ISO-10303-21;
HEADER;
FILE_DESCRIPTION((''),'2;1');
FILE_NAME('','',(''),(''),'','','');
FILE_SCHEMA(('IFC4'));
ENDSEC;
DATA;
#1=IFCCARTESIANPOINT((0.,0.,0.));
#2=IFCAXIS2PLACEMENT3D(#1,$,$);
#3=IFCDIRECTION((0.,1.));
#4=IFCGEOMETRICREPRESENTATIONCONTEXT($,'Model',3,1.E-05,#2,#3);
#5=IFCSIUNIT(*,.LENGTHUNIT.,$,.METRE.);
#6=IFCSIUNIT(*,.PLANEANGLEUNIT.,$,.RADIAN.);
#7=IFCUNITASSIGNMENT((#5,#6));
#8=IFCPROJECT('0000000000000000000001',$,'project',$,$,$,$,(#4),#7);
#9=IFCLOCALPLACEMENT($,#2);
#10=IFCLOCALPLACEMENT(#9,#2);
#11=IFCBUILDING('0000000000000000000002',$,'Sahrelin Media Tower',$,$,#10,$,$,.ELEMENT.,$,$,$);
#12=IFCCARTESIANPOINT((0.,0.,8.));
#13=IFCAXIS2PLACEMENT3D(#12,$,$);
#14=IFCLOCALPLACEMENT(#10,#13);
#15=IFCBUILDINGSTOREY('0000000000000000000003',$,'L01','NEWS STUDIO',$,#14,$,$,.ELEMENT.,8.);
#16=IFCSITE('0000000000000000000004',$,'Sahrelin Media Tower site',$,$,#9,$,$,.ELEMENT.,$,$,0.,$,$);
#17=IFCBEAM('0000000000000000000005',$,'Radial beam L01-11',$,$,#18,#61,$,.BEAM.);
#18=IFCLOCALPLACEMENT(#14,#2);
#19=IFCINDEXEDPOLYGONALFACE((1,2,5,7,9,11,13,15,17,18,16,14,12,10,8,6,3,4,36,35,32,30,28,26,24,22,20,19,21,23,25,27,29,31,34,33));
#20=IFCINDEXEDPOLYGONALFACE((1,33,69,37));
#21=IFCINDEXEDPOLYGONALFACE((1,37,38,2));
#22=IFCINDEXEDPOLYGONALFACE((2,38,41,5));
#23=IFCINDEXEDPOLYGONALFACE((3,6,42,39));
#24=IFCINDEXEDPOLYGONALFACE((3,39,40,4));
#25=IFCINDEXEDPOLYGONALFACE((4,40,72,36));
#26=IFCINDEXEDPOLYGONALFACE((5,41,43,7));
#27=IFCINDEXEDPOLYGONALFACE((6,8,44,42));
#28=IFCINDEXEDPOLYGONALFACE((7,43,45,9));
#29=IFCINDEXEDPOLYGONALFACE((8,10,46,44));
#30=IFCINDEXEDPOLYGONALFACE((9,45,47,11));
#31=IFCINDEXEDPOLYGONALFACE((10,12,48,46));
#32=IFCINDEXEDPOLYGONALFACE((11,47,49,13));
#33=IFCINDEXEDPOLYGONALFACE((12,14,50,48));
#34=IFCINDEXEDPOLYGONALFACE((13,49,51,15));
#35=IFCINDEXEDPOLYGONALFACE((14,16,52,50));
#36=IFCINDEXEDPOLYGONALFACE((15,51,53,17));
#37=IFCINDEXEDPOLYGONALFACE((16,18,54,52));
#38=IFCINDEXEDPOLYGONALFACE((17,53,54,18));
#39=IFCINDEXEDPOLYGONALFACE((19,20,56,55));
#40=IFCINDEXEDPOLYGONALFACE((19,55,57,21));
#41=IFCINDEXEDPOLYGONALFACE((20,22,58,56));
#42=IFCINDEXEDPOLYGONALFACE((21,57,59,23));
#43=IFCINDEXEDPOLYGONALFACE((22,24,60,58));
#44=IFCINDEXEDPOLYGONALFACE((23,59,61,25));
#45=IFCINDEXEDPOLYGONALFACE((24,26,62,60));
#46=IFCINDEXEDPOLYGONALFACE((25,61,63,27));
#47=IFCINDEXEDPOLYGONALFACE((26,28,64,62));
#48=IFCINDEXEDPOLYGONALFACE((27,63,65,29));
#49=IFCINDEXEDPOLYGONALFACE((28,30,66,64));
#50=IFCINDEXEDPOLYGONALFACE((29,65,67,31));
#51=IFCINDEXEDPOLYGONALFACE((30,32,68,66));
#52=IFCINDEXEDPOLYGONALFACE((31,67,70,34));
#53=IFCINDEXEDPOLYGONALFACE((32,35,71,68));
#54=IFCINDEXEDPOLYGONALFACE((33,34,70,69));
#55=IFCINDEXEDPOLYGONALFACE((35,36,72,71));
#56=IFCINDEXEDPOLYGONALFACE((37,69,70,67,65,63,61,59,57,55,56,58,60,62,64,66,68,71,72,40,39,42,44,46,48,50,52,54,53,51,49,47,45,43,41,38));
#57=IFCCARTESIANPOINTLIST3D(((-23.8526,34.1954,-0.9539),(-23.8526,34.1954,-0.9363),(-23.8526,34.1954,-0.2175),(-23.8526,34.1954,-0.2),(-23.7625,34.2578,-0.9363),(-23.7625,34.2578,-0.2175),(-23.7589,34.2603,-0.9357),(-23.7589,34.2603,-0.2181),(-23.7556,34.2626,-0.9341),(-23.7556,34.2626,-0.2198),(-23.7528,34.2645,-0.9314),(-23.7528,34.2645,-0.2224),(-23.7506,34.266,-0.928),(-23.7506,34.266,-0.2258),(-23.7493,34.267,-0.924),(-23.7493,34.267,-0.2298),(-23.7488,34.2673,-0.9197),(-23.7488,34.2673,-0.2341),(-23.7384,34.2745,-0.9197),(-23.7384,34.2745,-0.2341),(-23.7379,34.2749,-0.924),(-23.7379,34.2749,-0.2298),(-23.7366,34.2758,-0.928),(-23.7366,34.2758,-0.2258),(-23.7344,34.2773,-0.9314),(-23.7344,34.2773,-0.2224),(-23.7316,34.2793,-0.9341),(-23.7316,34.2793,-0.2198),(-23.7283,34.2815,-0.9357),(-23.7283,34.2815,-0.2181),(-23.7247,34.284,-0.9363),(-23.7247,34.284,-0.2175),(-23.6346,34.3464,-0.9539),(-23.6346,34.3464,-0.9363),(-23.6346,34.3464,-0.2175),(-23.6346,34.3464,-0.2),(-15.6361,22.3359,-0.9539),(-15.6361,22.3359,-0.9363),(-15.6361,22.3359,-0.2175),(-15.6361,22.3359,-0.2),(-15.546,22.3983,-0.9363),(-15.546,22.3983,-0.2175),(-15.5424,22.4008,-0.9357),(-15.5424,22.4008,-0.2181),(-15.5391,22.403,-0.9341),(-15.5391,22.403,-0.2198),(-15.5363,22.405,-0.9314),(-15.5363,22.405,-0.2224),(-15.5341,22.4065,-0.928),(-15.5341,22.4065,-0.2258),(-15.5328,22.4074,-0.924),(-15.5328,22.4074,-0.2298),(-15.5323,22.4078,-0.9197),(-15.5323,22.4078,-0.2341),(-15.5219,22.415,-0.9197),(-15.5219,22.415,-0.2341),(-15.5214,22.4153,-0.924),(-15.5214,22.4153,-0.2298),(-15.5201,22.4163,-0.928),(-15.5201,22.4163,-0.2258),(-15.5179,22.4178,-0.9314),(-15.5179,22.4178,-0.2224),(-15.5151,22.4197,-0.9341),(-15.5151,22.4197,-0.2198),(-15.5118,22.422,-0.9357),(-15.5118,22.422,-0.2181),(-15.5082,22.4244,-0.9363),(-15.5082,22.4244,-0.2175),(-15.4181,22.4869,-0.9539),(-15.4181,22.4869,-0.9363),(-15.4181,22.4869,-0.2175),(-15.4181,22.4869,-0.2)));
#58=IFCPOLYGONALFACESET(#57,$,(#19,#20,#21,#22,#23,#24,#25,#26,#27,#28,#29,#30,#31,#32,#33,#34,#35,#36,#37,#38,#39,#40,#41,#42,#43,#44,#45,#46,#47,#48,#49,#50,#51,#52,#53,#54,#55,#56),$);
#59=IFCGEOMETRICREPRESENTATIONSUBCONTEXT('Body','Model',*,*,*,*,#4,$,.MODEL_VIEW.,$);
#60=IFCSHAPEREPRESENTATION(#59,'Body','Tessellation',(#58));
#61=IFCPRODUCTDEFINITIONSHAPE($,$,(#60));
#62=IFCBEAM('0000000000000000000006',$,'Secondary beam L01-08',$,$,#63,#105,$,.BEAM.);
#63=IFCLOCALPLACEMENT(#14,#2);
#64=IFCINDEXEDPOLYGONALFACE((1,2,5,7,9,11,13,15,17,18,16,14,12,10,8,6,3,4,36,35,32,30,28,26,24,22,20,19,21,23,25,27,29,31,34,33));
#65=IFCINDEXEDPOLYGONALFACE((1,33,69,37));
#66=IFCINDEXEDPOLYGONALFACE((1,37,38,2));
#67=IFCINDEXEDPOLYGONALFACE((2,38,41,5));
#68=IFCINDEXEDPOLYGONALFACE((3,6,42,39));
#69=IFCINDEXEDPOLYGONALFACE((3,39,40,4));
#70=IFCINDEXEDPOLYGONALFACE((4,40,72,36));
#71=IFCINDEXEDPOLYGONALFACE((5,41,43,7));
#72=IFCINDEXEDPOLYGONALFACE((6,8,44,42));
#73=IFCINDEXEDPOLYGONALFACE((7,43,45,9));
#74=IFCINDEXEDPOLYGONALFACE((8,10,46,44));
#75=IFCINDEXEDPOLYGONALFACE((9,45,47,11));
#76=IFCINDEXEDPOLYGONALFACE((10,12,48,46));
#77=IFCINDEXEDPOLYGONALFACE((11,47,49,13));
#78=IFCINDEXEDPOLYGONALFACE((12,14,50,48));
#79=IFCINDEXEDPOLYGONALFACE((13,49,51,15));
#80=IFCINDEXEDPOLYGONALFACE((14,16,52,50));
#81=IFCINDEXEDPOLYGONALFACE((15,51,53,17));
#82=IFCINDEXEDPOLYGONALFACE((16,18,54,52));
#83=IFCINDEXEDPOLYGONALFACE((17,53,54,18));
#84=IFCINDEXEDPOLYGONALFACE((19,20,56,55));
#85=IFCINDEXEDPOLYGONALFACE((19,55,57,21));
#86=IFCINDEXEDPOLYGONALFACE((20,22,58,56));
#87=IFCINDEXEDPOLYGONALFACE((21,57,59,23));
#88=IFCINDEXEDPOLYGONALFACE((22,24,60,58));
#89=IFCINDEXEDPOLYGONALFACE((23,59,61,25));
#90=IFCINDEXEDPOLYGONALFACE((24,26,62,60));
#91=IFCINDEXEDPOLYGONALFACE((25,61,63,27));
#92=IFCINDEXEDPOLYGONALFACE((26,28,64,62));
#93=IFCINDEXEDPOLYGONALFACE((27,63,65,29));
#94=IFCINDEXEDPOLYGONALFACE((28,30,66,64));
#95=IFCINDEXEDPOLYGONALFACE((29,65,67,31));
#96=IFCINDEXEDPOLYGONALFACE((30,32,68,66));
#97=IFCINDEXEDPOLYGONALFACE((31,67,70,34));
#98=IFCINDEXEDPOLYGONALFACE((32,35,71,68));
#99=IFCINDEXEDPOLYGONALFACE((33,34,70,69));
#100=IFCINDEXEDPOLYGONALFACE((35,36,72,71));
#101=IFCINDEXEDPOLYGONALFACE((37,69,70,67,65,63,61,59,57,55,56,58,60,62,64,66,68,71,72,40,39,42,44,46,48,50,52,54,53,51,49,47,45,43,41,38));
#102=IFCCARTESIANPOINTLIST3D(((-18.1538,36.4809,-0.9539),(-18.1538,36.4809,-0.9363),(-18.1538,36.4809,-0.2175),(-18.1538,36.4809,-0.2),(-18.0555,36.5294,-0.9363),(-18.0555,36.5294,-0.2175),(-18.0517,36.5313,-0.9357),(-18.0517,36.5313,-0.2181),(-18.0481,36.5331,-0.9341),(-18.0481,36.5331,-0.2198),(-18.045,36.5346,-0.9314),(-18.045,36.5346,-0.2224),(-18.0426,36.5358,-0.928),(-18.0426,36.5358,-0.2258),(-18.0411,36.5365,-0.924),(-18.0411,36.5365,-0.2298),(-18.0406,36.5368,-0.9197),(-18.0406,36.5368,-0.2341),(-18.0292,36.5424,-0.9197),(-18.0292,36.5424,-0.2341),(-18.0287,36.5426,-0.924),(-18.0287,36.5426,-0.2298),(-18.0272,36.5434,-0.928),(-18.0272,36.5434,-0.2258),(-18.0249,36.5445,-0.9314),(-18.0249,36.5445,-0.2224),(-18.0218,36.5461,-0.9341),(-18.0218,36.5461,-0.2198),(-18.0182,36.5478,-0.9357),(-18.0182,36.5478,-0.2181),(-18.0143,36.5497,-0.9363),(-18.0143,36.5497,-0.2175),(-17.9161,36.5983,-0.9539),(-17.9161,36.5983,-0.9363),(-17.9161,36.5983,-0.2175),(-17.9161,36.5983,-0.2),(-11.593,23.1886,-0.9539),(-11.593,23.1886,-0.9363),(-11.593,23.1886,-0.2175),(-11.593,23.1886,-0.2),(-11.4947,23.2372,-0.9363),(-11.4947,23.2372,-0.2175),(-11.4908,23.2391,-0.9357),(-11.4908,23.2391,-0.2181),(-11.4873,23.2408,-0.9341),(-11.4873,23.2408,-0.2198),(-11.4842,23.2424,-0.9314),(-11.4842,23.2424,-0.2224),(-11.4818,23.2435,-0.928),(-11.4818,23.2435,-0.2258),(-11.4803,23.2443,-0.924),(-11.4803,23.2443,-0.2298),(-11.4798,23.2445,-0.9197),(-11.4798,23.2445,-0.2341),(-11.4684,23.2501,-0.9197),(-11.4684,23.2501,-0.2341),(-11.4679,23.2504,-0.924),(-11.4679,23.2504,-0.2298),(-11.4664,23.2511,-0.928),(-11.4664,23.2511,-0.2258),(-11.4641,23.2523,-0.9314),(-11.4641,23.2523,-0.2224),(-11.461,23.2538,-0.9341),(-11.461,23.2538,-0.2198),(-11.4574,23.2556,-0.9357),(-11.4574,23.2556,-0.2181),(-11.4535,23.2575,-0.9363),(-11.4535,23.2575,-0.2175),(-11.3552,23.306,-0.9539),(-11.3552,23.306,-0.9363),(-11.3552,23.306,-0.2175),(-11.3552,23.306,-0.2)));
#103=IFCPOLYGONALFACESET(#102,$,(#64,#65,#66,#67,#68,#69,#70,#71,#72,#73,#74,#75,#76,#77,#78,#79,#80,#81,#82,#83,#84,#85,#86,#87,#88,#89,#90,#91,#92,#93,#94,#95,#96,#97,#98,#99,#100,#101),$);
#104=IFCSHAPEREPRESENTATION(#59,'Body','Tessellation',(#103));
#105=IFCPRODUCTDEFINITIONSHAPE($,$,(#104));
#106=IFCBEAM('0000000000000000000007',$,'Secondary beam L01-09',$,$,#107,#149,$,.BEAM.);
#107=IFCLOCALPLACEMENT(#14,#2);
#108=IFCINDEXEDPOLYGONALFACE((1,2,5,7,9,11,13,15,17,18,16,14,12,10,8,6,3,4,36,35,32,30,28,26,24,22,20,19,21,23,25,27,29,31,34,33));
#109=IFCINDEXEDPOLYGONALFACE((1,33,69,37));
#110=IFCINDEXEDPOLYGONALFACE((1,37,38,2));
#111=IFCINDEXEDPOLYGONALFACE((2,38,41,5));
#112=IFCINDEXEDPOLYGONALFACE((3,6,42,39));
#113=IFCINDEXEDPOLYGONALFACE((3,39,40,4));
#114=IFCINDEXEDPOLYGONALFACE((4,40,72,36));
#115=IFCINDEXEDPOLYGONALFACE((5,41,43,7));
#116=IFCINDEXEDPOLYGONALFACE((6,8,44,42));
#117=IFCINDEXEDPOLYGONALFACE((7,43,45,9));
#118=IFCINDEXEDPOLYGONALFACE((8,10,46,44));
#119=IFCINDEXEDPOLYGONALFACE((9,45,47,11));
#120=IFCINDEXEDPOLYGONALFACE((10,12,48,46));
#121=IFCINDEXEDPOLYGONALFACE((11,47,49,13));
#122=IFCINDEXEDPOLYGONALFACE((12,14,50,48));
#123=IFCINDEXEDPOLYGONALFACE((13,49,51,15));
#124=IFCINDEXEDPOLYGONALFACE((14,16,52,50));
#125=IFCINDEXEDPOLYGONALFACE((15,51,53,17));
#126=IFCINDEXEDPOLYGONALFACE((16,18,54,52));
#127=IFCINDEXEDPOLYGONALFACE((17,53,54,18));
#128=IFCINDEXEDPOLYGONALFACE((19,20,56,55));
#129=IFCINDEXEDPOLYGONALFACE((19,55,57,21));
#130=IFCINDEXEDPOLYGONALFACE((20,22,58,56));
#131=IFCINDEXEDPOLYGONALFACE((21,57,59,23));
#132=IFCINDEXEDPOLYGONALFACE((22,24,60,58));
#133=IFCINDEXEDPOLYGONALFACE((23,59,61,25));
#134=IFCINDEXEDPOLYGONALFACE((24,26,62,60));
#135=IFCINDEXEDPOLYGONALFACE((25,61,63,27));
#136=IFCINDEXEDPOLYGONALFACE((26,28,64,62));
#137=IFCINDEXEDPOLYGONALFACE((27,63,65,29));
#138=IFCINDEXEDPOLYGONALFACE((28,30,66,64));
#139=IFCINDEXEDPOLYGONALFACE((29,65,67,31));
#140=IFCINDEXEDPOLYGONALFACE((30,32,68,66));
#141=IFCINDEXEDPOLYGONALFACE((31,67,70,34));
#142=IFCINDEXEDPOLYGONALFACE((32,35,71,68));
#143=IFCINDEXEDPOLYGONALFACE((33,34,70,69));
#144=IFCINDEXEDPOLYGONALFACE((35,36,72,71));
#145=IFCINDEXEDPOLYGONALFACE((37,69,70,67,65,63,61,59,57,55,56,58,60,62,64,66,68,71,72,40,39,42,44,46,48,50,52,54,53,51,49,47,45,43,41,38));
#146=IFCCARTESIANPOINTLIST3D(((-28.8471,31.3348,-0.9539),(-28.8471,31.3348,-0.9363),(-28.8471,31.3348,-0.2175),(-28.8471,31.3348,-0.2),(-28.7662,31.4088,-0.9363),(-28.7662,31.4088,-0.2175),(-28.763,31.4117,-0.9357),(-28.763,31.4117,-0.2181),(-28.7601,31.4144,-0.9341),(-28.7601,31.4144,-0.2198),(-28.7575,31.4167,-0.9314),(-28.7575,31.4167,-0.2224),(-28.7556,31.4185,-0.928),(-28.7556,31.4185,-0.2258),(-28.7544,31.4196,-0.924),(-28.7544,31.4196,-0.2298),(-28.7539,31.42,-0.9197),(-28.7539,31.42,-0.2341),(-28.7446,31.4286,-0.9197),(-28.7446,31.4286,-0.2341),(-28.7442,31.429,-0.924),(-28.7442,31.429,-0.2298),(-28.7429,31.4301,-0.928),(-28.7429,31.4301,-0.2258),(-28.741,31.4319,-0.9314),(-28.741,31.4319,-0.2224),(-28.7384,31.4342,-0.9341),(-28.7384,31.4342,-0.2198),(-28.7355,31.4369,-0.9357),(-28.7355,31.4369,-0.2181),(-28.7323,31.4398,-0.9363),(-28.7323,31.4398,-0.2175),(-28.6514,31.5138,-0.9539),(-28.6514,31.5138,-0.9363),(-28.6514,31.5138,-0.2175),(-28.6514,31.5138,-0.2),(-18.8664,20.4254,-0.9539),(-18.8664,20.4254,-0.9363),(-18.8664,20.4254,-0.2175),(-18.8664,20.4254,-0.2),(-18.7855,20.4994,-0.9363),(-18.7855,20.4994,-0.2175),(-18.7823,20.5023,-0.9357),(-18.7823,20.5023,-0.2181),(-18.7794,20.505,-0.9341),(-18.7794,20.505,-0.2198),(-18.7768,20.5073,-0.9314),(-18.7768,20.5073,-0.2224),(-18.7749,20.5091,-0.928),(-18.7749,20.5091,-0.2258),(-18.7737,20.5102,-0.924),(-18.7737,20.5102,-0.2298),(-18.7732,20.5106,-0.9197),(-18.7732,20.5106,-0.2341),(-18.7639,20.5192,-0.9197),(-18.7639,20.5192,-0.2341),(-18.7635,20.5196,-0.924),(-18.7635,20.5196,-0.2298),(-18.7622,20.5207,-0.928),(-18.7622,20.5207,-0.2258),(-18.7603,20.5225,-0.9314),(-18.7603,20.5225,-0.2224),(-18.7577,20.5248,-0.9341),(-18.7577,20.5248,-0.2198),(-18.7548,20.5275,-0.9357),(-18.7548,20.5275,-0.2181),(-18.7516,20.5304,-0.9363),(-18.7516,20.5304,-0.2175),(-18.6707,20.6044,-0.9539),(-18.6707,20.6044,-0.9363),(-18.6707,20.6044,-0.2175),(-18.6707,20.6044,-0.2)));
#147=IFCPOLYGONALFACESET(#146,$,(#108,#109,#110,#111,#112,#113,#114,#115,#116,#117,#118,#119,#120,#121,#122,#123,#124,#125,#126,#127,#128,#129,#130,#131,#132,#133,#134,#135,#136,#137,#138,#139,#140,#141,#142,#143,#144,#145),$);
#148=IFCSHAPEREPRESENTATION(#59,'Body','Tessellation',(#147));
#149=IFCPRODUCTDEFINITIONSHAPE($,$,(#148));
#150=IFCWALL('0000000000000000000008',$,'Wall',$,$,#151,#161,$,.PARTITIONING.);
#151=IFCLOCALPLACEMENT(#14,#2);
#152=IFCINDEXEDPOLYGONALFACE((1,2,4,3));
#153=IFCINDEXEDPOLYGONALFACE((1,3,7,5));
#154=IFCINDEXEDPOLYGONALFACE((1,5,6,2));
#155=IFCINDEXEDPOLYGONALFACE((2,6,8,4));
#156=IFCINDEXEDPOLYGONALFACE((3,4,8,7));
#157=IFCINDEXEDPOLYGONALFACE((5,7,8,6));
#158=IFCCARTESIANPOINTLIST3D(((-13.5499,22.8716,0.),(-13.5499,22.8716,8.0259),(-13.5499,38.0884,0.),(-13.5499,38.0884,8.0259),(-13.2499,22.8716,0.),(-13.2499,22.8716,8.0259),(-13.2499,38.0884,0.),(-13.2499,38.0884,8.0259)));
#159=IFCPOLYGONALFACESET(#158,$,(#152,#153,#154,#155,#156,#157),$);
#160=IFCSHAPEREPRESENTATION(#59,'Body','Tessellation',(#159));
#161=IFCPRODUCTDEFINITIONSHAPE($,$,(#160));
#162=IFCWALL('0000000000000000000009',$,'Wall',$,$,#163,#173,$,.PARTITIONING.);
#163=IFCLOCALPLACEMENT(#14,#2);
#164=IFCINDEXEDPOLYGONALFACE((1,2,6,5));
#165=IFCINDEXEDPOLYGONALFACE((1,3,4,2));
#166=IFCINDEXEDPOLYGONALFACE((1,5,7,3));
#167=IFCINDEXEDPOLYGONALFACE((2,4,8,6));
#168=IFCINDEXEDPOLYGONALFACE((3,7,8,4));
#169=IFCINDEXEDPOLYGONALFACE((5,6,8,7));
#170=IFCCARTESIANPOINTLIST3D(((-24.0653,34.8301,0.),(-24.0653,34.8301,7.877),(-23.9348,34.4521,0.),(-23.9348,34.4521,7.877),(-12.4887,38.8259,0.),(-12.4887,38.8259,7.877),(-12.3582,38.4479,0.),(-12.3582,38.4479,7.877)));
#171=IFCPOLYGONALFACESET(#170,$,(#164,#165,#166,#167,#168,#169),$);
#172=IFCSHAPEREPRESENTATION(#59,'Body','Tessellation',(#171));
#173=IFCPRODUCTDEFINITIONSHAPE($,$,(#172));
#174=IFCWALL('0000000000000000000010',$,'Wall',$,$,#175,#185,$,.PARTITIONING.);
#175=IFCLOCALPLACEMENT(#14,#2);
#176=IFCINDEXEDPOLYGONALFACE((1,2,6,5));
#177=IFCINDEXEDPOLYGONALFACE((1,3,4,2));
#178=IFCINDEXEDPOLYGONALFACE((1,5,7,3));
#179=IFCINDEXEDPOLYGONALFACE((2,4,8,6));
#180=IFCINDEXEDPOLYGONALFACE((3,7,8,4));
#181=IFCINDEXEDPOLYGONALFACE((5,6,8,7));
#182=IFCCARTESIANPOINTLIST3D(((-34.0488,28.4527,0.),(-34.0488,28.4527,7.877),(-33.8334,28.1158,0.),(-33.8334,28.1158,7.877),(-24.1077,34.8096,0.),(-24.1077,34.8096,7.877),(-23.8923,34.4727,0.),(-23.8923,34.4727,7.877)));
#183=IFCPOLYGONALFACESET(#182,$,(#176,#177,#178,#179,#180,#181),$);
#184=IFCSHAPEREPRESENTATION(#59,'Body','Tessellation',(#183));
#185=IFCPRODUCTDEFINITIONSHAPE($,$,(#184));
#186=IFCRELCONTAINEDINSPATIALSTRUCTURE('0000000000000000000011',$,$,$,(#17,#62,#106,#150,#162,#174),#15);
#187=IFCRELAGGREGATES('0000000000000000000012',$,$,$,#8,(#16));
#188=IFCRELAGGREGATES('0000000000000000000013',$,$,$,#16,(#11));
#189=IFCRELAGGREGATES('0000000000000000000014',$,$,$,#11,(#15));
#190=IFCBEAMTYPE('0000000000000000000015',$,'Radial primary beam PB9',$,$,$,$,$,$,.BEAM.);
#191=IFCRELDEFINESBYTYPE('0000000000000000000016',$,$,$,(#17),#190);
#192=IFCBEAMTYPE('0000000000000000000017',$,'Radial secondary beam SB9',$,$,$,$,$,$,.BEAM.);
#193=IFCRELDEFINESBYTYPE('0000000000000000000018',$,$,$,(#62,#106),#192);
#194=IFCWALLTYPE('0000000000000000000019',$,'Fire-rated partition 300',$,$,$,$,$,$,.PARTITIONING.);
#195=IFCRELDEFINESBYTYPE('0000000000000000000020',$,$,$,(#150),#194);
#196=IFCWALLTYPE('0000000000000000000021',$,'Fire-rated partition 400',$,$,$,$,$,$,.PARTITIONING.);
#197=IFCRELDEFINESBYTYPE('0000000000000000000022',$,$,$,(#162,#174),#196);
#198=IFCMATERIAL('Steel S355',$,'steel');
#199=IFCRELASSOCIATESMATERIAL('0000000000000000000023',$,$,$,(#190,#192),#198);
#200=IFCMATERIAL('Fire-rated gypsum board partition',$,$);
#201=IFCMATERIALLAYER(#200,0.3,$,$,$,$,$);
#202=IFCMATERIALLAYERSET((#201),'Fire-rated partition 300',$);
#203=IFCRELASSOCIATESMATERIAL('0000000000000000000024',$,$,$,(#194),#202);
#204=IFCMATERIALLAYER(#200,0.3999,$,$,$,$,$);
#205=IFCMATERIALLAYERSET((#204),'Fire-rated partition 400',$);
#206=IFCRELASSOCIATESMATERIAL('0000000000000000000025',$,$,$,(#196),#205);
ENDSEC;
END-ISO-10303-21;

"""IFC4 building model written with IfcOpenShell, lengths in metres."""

from ifc_helpers import new_model, si_unit, direction, frame, frame_2d, origin, origin_2d, place, context, subcontext, project, spatial, rectangle, i_section, extrude, material, layer, layer_set, material_profile, profile_set, type_object, element, save


model = new_model("IFC4")

# Units and contexts
model_context = context("Model", 3, precision=1e-05, world=origin(), true_north=direction((0.0, 1.0)))
body_context = subcontext(model_context, "Body", "Model", "MODEL_VIEW")
ifc_project = project(units=[si_unit("LENGTHUNIT", "METRE"), si_unit("PLANEANGLEUNIT", "RADIAN")], contexts=[model_context])

# Site, building, storey
site_placement = place(None, origin())
site = spatial("IfcSite", under=ifc_project, at=site_placement, Name="Sahrelin Media Tower site", CompositionType="ELEMENT", RefElevation=0.0)
building_placement = place(site_placement, origin())
building = spatial("IfcBuilding", under=site, at=building_placement, Name="Sahrelin Media Tower", CompositionType="ELEMENT")
storey_placement = place(building_placement, frame((0.0, 0.0, 8.0)))
storey = spatial("IfcBuildingStorey", under=building, at=storey_placement, Name="L01", Description="NEWS STUDIO", CompositionType="ELEMENT", Elevation=8.0)

# Beams
ifc_material_1 = material(Name="Steel S355", Category="steel")
ifc_material_profile_1 = material_profile(ifc_material_1, i_section(OverallWidth=0.2651, OverallDepth=0.7539, WebThickness=0.0127, FlangeThickness=0.0176, FilletRadius=0.0166, at=origin_2d()), Name="UB 762x267x147")
ifc_profile_set_1 = profile_set([ifc_material_profile_1], Name="Steel S355")
beam_type_1 = type_object("IfcBeamType", Name="Radial primary beam PB9", PredefinedType="BEAM", material=ifc_profile_set_1)
beam_1_placement = place(storey_placement, frame((-15.5271, 22.4114, -0.5769), z_axis=(-0.569493, 0.821996, 0.0), x_axis=(-0.821996, -0.569493, 0.0)))
element("IfcBeam", 1, at=beam_1_placement, inside=storey, type_object=beam_type_1, Name="Radial beam L01-11", PredefinedType="BEAM", context=body_context, shape_type="SweptSolid", body=[
    extrude(i_section(OverallWidth=0.2651, OverallDepth=0.7539, WebThickness=0.0127, FlangeThickness=0.0176, FilletRadius=0.0166, at=origin_2d()), origin(), (0.0, 0.0, 1.0), 14.4277),
])
ifc_material_profile_2 = material_profile(ifc_material_1, i_section(OverallWidth=0.2651, OverallDepth=0.7539, WebThickness=0.0127, FlangeThickness=0.0176, FilletRadius=0.0166, at=origin_2d()), Name="UB 762x267x147")
ifc_profile_set_2 = profile_set([ifc_material_profile_2], Name="Steel S355")
beam_type_2 = type_object("IfcBeamType", Name="Radial secondary beam SB9", PredefinedType="BEAM", material=ifc_profile_set_2)
beam_2_placement = place(storey_placement, frame((-11.4741, 23.2473, -0.5769), z_axis=(-0.442603, 0.896718, 0.0), x_axis=(-0.896718, -0.442603, 0.0)))
element("IfcBeam", 2, at=beam_2_placement, inside=storey, type_object=beam_type_2, Name="Secondary beam L01-08", PredefinedType="BEAM", context=body_context, shape_type="SweptSolid", body=[
    extrude(i_section(OverallWidth=0.2651, OverallDepth=0.7539, WebThickness=0.0127, FlangeThickness=0.0176, FilletRadius=0.0166, at=origin_2d()), origin(), (0.0, 0.0, 1.0), 14.8232),
])
beam_3_placement = place(storey_placement, frame((-18.7686, 20.5149, -0.5769), z_axis=(-0.675004, 0.737814, 0.0), x_axis=(-0.737814, -0.675004, 0.0)))
element("IfcBeam", 3, at=beam_3_placement, inside=storey, type_object=beam_type_2, Name="Secondary beam L01-09", PredefinedType="BEAM", context=body_context, shape_type="SweptSolid", body=[
    extrude(i_section(OverallWidth=0.2651, OverallDepth=0.7539, WebThickness=0.0127, FlangeThickness=0.0176, FilletRadius=0.0166, at=origin_2d()), origin(), (0.0, 0.0, 1.0), 14.7861),
])

# Shared definitions
ifc_material_2 = material(Name="Fire-rated gypsum board partition")

# Walls
ifc_layer_1 = layer(ifc_material_2, 0.3)
ifc_layer_set_1 = layer_set([ifc_layer_1], Name="Fire-rated partition 300")
wall_type_1 = type_object("IfcWallType", Name="Fire-rated partition 300", PredefinedType="PARTITIONING", material=ifc_layer_set_1)
wall_1_placement = place(storey_placement, frame((-13.3999, 22.8716, 0.0), z_axis=(0.0, 0.0, 1.0), x_axis=(0.0, 1.0, 0.0)))
element("IfcWall", 4, at=wall_1_placement, inside=storey, type_object=wall_type_1, Name="Wall", PredefinedType="PARTITIONING", context=body_context, shape_type="SweptSolid", body=[
    extrude(rectangle(XDim=15.2168, YDim=0.3, at=frame_2d((7.6084, 0.0))), origin(), (0.0, 0.0, 1.0), 8.0259),
])
ifc_layer_2 = layer(ifc_material_2, 0.3999)
ifc_layer_set_2 = layer_set([ifc_layer_2], Name="Fire-rated partition 400")
wall_type_2 = type_object("IfcWallType", Name="Fire-rated partition 400", PredefinedType="PARTITIONING", material=ifc_layer_set_2)
wall_2_placement = place(storey_placement, frame((-12.4233, 38.637, 0.0), z_axis=(0.0, 0.0, 1.0), x_axis=(-0.945275, -0.326275, 0.0)))
element("IfcWall", 5, at=wall_2_placement, inside=storey, type_object=wall_type_2, Name="Wall", PredefinedType="PARTITIONING", context=body_context, shape_type="SweptSolid", body=[
    extrude(rectangle(XDim=12.2468, YDim=0.3999, at=frame_2d((6.1235, 0.0))), origin(), (0.0, 0.0, 1.0), 7.877),
])
wall_3_placement = place(storey_placement, frame((-24.0, 34.6411, 0.0), z_axis=(0.0, 0.0, 1.0), x_axis=(-0.84248, -0.538728, 0.0)))
element("IfcWall", 6, at=wall_3_placement, inside=storey, type_object=wall_type_2, Name="Wall", PredefinedType="PARTITIONING", context=body_context, shape_type="SweptSolid", body=[
    extrude(rectangle(XDim=11.7998, YDim=0.3999, at=frame_2d((5.8999, 0.0))), origin(), (0.0, 0.0, 1.0), 7.877),
])

save(model, "model.ifc")
